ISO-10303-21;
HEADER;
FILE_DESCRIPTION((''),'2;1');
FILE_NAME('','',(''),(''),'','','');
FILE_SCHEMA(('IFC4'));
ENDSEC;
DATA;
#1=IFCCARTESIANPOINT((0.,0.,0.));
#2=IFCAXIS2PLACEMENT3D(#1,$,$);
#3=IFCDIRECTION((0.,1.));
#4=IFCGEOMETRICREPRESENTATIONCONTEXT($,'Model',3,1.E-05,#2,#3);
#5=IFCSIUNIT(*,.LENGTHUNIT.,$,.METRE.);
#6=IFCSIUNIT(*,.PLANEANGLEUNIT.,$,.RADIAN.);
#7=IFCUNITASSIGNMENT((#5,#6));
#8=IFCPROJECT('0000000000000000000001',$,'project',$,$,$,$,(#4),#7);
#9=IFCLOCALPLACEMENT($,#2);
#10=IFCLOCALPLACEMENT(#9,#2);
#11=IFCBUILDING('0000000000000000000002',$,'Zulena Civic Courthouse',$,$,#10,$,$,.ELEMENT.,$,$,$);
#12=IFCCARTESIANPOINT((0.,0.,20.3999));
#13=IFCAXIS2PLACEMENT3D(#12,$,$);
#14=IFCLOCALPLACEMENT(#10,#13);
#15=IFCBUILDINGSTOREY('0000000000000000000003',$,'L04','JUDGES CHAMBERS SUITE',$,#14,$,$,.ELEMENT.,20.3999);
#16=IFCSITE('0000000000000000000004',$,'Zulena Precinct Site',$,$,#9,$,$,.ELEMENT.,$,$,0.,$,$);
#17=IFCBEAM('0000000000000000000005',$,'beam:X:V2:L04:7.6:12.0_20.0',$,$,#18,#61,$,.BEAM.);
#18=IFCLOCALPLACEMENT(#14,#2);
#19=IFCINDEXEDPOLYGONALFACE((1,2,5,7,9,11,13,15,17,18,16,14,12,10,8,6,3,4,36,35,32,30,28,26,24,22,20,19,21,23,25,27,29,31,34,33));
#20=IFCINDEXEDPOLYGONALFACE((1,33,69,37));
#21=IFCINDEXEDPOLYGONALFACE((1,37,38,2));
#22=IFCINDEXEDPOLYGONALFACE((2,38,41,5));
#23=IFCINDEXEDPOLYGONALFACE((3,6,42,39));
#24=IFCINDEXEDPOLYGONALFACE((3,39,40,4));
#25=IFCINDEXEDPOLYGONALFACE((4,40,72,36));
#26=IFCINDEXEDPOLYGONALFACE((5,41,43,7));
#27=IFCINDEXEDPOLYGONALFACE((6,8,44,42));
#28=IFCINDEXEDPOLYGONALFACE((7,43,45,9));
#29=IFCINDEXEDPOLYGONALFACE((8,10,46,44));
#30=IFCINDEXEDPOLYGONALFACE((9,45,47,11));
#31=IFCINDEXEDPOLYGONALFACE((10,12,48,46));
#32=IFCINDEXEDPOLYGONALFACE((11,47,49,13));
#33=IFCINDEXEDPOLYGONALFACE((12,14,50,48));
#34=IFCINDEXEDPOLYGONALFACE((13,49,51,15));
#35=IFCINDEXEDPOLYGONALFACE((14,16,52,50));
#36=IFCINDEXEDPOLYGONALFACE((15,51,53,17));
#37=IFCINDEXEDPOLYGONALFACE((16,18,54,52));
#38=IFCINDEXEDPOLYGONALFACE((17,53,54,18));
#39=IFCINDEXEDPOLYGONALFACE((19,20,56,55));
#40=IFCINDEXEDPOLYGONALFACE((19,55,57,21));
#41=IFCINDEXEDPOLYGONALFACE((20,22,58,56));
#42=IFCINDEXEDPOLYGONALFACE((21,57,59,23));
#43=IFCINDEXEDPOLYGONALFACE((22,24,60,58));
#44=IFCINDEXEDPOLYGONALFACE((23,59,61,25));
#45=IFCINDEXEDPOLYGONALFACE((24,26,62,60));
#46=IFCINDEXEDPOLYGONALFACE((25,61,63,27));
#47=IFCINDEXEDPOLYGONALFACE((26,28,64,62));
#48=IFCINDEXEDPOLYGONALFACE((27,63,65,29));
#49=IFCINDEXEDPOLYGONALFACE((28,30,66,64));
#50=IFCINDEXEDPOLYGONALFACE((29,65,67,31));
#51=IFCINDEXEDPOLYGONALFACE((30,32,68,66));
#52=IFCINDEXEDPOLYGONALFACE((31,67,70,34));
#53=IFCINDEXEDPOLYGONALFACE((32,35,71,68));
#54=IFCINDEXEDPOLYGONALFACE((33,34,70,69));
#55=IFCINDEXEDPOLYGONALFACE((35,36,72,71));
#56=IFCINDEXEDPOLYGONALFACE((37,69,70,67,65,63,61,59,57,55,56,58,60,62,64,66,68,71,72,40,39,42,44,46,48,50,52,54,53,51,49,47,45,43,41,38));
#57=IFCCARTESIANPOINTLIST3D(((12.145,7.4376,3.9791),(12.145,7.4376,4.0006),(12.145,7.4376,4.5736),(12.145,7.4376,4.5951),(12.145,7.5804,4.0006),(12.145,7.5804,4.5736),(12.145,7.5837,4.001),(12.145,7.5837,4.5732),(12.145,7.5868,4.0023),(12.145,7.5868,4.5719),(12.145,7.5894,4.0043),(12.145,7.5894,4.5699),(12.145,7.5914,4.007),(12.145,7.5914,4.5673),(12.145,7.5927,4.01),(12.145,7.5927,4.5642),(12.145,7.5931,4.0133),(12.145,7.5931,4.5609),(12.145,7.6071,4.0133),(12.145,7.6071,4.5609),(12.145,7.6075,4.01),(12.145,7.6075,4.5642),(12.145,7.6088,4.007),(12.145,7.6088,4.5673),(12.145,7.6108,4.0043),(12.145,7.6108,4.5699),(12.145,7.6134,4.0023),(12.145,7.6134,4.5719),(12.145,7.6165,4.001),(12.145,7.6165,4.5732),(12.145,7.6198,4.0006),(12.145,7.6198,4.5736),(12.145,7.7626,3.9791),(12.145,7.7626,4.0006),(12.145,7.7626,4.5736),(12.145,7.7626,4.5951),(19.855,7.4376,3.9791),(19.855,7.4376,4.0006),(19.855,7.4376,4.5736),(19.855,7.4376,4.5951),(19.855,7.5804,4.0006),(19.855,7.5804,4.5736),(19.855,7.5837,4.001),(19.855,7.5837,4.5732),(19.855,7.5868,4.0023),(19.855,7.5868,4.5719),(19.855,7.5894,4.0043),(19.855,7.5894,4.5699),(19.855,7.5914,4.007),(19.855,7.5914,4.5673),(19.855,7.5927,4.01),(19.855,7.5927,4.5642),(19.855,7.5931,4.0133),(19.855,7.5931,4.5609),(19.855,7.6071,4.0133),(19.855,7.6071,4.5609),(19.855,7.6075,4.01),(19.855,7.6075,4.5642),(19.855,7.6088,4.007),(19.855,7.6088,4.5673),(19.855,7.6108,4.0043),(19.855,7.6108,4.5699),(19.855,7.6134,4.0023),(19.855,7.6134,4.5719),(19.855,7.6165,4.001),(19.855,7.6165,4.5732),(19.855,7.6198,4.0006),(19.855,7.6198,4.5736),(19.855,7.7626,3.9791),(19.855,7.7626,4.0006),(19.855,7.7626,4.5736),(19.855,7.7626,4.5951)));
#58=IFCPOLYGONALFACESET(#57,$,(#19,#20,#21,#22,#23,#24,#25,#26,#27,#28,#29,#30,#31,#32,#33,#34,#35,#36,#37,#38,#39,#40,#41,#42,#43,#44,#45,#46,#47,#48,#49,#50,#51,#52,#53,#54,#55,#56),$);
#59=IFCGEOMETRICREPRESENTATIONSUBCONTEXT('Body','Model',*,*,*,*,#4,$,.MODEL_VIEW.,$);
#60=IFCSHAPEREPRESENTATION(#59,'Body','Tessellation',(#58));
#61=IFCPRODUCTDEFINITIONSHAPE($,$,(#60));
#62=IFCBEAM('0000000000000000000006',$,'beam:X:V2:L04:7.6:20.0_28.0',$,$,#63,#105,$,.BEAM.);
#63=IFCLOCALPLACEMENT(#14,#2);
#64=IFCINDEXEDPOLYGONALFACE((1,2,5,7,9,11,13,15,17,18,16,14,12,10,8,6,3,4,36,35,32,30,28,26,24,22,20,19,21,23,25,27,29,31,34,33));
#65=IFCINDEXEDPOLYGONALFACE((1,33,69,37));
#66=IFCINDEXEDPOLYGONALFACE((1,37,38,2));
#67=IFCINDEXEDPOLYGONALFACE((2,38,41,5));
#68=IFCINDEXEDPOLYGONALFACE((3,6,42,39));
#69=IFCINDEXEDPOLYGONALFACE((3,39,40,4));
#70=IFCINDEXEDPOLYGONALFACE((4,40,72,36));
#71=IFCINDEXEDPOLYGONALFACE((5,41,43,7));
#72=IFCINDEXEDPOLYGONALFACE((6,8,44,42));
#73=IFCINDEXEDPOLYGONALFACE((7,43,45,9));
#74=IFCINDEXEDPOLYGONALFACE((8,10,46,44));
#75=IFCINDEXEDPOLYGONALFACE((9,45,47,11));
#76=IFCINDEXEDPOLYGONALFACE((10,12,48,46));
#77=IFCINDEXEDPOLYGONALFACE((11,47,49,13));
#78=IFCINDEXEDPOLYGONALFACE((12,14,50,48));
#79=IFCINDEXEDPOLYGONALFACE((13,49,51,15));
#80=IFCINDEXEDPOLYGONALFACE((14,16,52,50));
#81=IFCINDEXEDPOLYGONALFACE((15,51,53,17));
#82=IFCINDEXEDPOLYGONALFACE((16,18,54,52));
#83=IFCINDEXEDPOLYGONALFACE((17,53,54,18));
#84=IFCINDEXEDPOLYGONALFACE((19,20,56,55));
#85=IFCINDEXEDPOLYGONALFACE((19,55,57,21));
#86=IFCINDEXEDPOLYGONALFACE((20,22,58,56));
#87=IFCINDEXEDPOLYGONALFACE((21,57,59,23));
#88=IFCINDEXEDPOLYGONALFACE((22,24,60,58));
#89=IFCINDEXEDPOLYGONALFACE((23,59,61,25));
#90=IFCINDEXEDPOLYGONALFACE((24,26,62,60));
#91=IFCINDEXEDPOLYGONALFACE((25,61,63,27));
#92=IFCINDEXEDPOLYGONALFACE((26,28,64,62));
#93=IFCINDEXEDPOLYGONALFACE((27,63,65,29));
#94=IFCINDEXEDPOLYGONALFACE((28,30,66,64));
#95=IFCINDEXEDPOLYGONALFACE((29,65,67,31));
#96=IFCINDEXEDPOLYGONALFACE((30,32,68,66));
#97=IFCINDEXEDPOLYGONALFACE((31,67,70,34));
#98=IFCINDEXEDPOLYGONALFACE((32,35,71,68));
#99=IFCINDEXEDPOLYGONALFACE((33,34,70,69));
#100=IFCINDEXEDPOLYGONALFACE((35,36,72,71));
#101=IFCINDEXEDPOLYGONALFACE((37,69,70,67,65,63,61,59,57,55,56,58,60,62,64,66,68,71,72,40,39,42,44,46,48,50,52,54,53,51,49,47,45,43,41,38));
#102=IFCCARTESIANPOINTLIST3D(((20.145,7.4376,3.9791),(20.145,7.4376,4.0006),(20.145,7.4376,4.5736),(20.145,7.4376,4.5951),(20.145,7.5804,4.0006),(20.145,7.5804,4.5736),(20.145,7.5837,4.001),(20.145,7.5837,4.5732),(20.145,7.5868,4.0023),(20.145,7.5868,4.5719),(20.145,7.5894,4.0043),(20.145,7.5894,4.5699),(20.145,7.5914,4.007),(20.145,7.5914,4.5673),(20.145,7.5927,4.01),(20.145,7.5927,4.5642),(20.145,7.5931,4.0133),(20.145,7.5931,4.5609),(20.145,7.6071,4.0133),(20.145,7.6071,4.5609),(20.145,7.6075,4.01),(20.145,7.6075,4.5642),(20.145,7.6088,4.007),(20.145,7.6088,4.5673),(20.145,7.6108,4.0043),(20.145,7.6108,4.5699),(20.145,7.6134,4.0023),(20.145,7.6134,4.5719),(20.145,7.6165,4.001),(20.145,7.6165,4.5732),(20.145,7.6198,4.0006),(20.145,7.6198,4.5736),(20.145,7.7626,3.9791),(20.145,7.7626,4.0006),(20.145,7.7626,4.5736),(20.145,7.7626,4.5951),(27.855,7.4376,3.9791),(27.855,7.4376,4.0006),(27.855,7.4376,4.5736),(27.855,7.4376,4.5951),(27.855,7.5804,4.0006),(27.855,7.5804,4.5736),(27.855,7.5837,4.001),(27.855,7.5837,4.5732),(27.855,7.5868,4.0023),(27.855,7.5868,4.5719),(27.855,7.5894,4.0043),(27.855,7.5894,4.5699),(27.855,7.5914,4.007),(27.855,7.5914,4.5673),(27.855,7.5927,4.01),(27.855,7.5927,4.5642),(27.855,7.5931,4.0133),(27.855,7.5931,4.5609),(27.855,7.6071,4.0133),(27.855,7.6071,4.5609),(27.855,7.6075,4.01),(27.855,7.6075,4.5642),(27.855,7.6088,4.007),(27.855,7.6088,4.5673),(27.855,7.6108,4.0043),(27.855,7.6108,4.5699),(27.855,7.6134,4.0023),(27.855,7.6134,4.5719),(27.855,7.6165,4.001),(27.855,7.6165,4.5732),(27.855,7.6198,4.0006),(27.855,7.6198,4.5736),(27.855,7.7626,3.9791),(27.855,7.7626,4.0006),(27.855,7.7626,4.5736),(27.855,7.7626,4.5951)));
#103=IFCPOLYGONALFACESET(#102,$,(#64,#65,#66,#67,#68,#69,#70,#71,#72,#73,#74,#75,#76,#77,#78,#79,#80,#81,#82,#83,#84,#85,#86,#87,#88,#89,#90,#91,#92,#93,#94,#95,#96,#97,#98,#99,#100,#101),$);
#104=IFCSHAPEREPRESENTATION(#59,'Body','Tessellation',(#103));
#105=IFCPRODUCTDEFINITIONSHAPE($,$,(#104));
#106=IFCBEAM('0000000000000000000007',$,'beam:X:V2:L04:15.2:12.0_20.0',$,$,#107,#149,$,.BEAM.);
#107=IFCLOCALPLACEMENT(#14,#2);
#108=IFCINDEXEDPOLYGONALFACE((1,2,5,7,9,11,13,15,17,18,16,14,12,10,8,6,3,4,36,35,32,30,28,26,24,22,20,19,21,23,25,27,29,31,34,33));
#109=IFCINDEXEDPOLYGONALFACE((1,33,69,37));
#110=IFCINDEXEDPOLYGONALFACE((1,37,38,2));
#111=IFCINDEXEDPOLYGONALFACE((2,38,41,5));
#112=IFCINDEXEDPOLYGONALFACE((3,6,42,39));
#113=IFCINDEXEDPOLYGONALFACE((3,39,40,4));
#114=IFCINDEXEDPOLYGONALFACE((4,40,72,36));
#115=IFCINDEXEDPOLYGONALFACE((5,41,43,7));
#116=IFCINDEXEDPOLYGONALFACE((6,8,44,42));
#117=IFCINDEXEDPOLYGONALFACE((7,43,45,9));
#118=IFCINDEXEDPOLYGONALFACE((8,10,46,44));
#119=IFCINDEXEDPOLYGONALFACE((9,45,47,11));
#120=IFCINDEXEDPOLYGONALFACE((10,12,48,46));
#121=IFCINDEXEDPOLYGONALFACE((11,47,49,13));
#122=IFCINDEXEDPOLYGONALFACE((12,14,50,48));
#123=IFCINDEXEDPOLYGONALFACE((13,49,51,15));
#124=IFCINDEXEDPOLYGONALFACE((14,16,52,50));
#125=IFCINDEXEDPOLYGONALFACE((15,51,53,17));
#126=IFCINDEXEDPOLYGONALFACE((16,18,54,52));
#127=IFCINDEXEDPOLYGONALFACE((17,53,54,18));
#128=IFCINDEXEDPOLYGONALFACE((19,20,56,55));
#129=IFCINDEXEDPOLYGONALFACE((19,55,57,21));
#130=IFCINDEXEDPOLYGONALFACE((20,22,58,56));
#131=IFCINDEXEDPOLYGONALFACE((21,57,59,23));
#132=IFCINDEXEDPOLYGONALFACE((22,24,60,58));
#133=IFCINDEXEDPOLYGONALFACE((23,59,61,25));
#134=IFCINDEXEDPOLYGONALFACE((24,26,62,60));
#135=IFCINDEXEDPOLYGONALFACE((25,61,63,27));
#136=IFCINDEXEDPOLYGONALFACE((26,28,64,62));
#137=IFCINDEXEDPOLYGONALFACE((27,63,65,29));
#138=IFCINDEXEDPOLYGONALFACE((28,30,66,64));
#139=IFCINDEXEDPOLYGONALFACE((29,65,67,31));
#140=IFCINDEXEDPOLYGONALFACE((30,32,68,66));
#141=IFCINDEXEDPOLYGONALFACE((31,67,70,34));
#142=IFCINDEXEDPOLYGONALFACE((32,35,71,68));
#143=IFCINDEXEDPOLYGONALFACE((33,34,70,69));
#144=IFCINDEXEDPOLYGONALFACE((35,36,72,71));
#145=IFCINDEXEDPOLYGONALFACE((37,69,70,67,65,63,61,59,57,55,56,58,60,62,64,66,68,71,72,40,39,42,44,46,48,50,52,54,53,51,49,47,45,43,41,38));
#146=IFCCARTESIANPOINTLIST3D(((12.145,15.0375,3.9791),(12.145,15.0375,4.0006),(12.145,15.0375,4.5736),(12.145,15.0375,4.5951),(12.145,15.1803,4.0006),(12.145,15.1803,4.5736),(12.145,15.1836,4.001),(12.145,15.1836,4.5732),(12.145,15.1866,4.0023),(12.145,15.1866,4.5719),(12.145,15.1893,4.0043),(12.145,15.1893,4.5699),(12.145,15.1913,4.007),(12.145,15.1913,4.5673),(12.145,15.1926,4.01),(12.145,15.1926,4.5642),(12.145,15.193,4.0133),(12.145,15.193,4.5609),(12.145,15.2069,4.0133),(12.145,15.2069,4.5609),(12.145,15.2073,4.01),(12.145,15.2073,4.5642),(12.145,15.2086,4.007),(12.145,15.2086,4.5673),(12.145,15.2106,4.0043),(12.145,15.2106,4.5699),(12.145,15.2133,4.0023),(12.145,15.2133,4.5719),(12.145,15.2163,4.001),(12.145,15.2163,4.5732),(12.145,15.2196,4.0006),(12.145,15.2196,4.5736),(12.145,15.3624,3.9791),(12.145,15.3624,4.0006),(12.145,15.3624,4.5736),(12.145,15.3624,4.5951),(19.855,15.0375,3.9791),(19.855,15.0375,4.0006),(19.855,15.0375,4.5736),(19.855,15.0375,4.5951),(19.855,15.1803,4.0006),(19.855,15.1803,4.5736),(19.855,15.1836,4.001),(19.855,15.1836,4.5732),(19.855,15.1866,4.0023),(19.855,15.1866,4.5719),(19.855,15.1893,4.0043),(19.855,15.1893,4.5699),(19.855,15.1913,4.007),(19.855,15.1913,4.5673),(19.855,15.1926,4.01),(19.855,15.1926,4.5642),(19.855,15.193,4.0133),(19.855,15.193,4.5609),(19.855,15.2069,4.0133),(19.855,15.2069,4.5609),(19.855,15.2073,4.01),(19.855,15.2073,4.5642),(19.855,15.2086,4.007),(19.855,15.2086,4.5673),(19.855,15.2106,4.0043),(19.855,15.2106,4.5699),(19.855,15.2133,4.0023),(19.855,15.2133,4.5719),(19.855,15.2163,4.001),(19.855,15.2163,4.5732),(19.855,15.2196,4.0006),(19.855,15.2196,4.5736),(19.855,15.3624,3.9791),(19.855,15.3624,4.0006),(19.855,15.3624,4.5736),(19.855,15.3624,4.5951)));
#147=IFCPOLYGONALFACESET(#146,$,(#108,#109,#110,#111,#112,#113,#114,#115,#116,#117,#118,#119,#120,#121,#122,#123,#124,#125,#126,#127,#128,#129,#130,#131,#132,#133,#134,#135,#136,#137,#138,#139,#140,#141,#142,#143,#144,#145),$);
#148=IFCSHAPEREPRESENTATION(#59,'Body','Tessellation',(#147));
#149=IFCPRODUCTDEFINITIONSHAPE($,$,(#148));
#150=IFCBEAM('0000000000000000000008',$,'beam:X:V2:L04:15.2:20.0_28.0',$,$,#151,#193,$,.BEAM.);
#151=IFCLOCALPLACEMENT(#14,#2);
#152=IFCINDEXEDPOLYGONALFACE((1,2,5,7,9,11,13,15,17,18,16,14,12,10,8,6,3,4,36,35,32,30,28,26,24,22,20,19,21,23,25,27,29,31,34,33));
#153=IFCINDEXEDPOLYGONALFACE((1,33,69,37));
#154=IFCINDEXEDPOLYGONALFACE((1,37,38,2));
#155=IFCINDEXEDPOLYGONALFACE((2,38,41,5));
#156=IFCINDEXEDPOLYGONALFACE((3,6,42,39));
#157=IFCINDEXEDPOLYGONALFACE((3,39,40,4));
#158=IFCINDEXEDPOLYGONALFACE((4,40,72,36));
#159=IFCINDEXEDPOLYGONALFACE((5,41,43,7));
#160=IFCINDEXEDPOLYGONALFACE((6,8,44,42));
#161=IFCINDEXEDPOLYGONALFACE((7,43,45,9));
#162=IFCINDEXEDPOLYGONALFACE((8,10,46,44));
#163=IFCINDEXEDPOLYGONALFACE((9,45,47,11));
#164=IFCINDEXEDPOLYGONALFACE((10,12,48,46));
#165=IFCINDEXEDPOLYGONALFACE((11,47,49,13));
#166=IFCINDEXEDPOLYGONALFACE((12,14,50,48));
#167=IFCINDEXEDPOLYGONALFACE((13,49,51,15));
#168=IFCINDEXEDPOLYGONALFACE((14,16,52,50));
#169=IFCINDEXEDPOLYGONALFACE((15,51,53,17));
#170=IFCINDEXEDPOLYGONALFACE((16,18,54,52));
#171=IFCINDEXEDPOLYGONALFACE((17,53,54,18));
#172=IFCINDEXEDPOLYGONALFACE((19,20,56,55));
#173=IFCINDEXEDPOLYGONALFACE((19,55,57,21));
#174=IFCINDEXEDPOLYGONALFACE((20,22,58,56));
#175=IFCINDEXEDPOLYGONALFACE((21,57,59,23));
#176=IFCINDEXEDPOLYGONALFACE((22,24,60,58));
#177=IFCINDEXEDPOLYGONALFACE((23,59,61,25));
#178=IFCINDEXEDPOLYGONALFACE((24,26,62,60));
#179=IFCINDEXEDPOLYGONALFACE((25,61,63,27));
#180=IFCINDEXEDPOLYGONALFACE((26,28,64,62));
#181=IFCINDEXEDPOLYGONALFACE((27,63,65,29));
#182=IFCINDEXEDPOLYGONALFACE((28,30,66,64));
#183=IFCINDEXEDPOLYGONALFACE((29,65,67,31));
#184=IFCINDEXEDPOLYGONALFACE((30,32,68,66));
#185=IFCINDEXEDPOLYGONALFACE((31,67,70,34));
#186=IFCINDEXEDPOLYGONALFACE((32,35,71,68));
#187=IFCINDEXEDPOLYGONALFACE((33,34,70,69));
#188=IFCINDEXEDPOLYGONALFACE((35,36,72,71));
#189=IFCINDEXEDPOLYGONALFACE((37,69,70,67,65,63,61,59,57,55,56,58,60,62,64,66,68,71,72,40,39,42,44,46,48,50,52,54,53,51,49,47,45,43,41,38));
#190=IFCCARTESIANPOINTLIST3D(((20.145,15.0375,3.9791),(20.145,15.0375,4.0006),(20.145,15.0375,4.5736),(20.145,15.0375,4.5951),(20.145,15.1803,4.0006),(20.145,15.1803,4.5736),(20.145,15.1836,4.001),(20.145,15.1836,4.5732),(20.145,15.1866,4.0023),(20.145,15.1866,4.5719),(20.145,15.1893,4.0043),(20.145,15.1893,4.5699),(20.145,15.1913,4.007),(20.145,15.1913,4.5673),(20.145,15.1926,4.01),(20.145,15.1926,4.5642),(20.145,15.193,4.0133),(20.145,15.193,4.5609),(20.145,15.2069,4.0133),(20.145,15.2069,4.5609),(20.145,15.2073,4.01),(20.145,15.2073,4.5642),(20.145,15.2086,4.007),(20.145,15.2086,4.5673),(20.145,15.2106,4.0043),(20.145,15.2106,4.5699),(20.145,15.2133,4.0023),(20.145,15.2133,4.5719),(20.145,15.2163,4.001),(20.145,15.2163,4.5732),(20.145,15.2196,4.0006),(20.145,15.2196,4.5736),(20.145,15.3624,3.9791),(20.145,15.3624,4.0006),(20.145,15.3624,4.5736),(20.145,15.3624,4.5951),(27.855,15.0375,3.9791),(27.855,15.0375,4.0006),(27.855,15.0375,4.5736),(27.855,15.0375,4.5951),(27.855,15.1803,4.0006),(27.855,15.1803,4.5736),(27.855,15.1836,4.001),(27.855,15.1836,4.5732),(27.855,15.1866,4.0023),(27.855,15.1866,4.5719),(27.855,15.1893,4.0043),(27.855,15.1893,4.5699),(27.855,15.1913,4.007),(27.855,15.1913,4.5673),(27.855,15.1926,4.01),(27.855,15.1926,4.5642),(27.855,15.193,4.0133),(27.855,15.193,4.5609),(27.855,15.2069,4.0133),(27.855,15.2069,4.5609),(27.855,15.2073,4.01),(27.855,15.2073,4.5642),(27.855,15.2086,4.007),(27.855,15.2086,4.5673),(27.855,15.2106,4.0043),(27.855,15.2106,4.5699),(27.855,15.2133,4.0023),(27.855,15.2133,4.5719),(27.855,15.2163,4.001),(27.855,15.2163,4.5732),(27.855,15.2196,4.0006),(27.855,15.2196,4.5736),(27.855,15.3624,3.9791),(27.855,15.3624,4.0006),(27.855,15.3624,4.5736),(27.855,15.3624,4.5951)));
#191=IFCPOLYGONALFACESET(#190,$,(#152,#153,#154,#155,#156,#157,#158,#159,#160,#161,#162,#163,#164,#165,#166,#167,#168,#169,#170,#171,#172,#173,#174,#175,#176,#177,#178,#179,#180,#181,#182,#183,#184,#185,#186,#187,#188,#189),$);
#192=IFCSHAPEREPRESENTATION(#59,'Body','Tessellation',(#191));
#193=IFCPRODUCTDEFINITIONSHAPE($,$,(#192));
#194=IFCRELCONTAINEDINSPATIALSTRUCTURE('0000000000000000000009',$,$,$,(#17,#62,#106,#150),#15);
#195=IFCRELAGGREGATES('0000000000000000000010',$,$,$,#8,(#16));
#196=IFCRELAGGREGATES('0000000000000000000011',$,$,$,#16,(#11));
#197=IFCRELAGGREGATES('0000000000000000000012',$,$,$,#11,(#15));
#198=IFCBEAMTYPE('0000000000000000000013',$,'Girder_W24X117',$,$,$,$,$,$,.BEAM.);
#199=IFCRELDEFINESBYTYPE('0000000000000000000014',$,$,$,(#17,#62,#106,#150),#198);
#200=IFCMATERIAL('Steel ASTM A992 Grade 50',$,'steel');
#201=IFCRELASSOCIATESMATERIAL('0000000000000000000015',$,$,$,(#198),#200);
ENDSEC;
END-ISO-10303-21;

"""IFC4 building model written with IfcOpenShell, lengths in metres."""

from ifc_helpers import new_model, si_unit, direction, frame, origin, origin_2d, place, context, subcontext, project, spatial, i_section, extrude, material, material_profile, profile_set, type_object, element, save


model = new_model("IFC4")

# Units and contexts
model_context = context("Model", 3, precision=1e-05, world=origin(), true_north=direction((0.0, 1.0)))
body_context = subcontext(model_context, "Body", "Model", "MODEL_VIEW")
ifc_project = project(units=[si_unit("LENGTHUNIT", "METRE"), si_unit("PLANEANGLEUNIT", "RADIAN")], contexts=[model_context])

# Site, building, storey
site_placement = place(None, origin())
site = spatial("IfcSite", under=ifc_project, at=site_placement, Name="Zulena Precinct Site", CompositionType="ELEMENT", RefElevation=0.0)
building_placement = place(site_placement, origin())
building = spatial("IfcBuilding", under=site, at=building_placement, Name="Zulena Civic Courthouse", CompositionType="ELEMENT")
storey_placement = place(building_placement, frame((0.0, 0.0, 20.3999)))
storey = spatial("IfcBuildingStorey", under=building, at=storey_placement, Name="L04", Description="JUDGES CHAMBERS SUITE", CompositionType="ELEMENT", Elevation=20.3999)

# Shared definitions
ifc_material_1 = material(Name="Steel ASTM A992 Grade 50", Category="steel")

# Beams
ifc_material_profile_1 = material_profile(ifc_material_1, i_section(OverallWidth=0.325, OverallDepth=0.616, WebThickness=0.0139, FlangeThickness=0.0215, FilletRadius=0.0127, at=origin_2d()), Name="W24X117")
ifc_profile_set_1 = profile_set([ifc_material_profile_1], Name="Steel ASTM A992 Grade 50")
beam_type_1 = type_object("IfcBeamType", Name="Girder_W24X117", PredefinedType="BEAM", material=ifc_profile_set_1)
for number, where, z_axis, x_axis, name in (
    (1, (12.145, 7.6001, 4.2871), (1.0, 0.0, 0.0), (0.0, 1.0, 0.0), "beam:X:V2:L04:7.6:12.0_20.0"),
    (2, (20.145, 7.6001, 4.2871), (1.0, 0.0, 0.0), (0.0, 1.0, 0.0), "beam:X:V2:L04:7.6:20.0_28.0"),
    (3, (12.145, 15.2, 4.2871), (1.0, 0.0, 0.0), (0.0, 1.0, 0.0), "beam:X:V2:L04:15.2:12.0_20.0"),
    (4, (20.145, 15.2, 4.2871), (1.0, 0.0, 0.0), (0.0, 1.0, 0.0), "beam:X:V2:L04:15.2:20.0_28.0"),
):
    element("IfcBeam", number, at=place(storey_placement, frame(where, z_axis=z_axis, x_axis=x_axis)), inside=storey, type_object=beam_type_1, Name=name, PredefinedType="BEAM", context=body_context, shape_type="SweptSolid", body=[
        extrude(i_section(OverallWidth=0.325, OverallDepth=0.616, WebThickness=0.0139, FlangeThickness=0.0215, FilletRadius=0.0127, at=origin_2d()), origin(), (0.0, 0.0, 1.0), 7.71),
    ])

save(model, "model.ifc")
